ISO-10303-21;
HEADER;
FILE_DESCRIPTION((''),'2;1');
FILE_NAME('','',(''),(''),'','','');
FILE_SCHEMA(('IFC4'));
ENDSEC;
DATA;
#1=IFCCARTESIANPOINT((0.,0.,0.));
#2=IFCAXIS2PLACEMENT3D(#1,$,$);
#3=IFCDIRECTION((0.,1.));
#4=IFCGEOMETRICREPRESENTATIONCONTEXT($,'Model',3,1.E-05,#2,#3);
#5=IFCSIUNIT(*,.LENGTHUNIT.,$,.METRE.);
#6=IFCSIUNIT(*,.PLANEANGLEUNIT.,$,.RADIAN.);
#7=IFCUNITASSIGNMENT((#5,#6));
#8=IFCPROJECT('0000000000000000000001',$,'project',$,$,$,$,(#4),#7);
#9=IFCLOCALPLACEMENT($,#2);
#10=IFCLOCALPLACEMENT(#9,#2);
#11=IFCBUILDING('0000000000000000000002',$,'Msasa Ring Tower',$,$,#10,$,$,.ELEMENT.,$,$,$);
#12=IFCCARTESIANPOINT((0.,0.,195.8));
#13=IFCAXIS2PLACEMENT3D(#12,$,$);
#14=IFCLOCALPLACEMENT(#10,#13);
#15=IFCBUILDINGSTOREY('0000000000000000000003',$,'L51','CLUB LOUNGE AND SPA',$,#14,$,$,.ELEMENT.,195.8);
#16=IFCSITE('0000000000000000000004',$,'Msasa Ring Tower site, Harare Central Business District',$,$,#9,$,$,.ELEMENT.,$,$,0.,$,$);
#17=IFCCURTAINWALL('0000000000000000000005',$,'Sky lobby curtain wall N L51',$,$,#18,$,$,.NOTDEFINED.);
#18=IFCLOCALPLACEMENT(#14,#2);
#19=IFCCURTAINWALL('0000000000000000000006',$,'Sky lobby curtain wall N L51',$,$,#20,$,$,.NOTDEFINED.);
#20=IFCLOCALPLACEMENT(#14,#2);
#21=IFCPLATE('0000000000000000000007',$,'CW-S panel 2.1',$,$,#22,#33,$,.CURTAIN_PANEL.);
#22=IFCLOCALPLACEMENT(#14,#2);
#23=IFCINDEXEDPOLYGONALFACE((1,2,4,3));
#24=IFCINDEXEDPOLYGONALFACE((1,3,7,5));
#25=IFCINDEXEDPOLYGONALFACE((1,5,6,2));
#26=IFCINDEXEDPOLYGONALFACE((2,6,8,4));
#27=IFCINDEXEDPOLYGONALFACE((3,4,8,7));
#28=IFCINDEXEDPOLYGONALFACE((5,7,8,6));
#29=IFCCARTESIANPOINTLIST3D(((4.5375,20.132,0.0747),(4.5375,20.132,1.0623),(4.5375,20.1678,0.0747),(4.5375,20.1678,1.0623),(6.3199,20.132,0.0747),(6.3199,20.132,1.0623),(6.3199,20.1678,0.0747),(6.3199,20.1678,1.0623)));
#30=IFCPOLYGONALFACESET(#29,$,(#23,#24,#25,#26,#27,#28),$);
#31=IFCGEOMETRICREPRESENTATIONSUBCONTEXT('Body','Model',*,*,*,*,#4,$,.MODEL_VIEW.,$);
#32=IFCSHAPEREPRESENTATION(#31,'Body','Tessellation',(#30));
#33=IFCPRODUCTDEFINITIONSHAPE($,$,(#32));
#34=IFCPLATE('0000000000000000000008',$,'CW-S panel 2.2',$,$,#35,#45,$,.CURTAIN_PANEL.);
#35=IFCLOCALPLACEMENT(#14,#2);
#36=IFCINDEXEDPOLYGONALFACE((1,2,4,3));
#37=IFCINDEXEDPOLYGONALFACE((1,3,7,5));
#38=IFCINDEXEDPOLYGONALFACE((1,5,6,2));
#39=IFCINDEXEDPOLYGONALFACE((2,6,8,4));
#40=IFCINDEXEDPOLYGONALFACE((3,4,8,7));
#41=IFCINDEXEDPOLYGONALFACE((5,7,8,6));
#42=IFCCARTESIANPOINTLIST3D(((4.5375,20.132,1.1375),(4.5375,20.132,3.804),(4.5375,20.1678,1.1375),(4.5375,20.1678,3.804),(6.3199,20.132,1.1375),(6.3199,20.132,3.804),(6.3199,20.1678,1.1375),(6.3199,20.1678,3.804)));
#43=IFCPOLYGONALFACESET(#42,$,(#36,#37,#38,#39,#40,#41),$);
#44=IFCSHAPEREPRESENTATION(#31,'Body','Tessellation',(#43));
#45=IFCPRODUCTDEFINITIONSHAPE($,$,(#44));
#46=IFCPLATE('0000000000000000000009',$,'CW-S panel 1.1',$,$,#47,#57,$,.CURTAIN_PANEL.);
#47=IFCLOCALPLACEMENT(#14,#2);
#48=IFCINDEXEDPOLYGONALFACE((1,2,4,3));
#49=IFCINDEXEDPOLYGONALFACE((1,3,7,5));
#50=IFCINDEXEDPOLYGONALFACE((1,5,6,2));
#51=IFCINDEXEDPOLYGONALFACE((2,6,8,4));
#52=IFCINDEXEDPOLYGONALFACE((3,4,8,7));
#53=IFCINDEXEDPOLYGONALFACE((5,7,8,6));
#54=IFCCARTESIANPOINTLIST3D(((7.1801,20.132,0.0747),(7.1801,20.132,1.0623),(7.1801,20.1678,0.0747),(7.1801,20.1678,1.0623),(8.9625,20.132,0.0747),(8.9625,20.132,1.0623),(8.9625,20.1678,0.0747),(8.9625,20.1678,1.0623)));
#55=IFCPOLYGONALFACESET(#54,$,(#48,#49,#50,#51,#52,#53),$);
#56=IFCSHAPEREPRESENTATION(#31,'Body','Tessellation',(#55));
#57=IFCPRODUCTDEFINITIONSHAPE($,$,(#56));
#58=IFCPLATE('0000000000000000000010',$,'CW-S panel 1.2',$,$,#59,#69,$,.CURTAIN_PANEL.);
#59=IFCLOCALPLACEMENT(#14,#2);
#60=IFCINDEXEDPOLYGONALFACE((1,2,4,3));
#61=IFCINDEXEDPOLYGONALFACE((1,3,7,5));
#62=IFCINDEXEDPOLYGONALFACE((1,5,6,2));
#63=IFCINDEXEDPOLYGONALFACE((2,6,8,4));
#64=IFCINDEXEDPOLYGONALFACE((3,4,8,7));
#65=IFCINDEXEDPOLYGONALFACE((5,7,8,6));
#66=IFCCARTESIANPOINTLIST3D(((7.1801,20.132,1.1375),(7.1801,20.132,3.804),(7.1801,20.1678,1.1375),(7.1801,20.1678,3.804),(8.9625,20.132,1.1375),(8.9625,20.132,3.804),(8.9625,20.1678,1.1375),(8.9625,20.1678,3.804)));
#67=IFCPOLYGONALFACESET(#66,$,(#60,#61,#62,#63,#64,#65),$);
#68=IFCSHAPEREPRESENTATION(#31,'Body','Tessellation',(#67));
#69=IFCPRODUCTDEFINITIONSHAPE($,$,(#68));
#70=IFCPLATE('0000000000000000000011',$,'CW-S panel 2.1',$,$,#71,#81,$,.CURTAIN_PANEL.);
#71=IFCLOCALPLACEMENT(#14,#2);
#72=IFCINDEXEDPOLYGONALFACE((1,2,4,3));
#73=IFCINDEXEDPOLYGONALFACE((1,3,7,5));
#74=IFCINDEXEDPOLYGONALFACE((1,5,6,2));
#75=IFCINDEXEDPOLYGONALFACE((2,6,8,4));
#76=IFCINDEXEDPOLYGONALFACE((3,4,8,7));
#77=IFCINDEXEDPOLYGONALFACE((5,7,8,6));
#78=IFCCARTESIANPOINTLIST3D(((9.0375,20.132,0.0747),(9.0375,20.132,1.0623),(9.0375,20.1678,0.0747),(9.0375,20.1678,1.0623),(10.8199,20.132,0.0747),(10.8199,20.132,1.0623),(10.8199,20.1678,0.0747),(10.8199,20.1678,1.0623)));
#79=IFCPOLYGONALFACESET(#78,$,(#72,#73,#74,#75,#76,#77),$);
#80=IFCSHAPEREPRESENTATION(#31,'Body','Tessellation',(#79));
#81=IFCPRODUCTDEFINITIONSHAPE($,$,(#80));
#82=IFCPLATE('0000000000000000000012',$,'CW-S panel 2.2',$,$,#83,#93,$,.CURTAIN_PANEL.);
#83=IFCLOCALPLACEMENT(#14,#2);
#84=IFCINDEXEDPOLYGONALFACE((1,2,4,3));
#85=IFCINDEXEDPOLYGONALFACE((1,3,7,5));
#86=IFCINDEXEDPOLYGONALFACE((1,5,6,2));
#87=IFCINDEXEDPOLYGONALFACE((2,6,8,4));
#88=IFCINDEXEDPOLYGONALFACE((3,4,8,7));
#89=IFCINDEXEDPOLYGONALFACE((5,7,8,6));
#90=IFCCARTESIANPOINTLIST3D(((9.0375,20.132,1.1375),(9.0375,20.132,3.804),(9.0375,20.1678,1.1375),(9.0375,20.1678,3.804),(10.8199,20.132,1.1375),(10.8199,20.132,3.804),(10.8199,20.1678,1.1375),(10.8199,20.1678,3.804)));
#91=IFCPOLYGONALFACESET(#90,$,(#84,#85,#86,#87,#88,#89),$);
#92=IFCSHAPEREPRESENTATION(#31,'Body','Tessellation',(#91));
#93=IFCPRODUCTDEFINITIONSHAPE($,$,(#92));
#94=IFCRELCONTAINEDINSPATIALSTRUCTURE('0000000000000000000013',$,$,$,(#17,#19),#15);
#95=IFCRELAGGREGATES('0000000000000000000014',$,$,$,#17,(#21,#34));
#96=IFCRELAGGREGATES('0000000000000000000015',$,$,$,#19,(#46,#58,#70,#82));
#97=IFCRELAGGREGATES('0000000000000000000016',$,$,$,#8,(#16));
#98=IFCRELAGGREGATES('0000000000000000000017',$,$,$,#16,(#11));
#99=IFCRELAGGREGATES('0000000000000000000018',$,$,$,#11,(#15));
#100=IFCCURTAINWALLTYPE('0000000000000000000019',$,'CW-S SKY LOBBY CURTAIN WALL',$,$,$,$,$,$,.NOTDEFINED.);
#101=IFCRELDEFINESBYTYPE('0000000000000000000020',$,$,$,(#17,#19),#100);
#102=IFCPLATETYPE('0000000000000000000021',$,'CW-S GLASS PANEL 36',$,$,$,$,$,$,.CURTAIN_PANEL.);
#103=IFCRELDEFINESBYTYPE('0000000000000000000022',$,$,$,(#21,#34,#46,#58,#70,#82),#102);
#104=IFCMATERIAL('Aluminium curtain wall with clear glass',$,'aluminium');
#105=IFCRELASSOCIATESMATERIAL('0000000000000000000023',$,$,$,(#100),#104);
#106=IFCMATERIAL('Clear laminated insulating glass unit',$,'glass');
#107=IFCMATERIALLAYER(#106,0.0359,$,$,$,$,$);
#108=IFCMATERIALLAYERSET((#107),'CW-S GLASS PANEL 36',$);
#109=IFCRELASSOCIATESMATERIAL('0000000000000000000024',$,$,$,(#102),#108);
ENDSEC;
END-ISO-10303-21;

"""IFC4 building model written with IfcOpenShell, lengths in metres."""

from ifc_helpers import new_model, si_unit, direction, frame, origin, origin_2d, place, context, subcontext, project, spatial, rectangle, extrude, material, layer, layer_set, type_object, element, aggregate, save


model = new_model("IFC4")

# Units and contexts
model_context = context("Model", 3, precision=1e-05, world=origin(), true_north=direction((0.0, 1.0)))
body_context = subcontext(model_context, "Body", "Model", "MODEL_VIEW")
ifc_project = project(units=[si_unit("LENGTHUNIT", "METRE"), si_unit("PLANEANGLEUNIT", "RADIAN")], contexts=[model_context])

# Site, building, storey
site_placement = place(None, origin())
site = spatial("IfcSite", under=ifc_project, at=site_placement, Name="Msasa Ring Tower site, Harare Central Business District", CompositionType="ELEMENT", RefElevation=0.0)
building_placement = place(site_placement, origin())
building = spatial("IfcBuilding", under=site, at=building_placement, Name="Msasa Ring Tower", CompositionType="ELEMENT")
storey_placement = place(building_placement, frame((0.0, 0.0, 195.8)))
storey = spatial("IfcBuildingStorey", under=building, at=storey_placement, Name="L51", Description="CLUB LOUNGE AND SPA", CompositionType="ELEMENT", Elevation=195.8)

# Shared definitions
ifc_material_1 = material(Name="Aluminium curtain wall with clear glass", Category="aluminium")
curtain_wall_type = type_object("IfcCurtainWallType", Name="CW-S SKY LOBBY CURTAIN WALL", PredefinedType="NOTDEFINED", material=ifc_material_1)

# Curtain walls
curtain_wall_1_placement = place(storey_placement, origin())
curtain_wall_1 = element("IfcCurtainWall", 1, at=curtain_wall_1_placement, inside=storey, type_object=curtain_wall_type, Name="Sky lobby curtain wall N L51", PredefinedType="NOTDEFINED")
curtain_wall_2_placement = place(storey_placement, origin())
curtain_wall_2 = element("IfcCurtainWall", 2, at=curtain_wall_2_placement, inside=storey, type_object=curtain_wall_type, Name="Sky lobby curtain wall N L51", PredefinedType="NOTDEFINED")

# Plates
ifc_material_2 = material(Name="Clear laminated insulating glass unit", Category="glass")
ifc_layer = layer(ifc_material_2, 0.0359)
ifc_layer_set = layer_set([ifc_layer], Name="CW-S GLASS PANEL 36")
plate_type = type_object("IfcPlateType", Name="CW-S GLASS PANEL 36", PredefinedType="CURTAIN_PANEL", material=ifc_layer_set)
plate_1_placement = place(storey_placement, frame((5.4287, 20.1499, 0.0747), z_axis=(0.0, 0.0, 1.0), x_axis=(1.0, 0.0, 0.0)))
plate_1 = element("IfcPlate", 3, at=plate_1_placement, type_object=plate_type, Name="CW-S panel 2.1", PredefinedType="CURTAIN_PANEL", context=body_context, shape_type="SweptSolid", body=[
    extrude(rectangle(XDim=1.7825, YDim=0.0359, at=origin_2d()), origin(), (0.0, 0.0, 1.0), 0.9875),
])
plate_2_placement = place(storey_placement, frame((5.4287, 20.1499, 1.1375), z_axis=(0.0, 0.0, 1.0), x_axis=(1.0, 0.0, 0.0)))
plate_2 = element("IfcPlate", 4, at=plate_2_placement, type_object=plate_type, Name="CW-S panel 2.2", PredefinedType="CURTAIN_PANEL", context=body_context, shape_type="SweptSolid", body=[
    extrude(rectangle(XDim=1.7825, YDim=0.0359, at=origin_2d()), origin(), (0.0, 0.0, 1.0), 2.6665),
])
aggregate(curtain_wall_1, [plate_1, plate_2])
plate_3_placement = place(storey_placement, frame((8.0713, 20.1499, 0.0747), z_axis=(0.0, 0.0, 1.0), x_axis=(1.0, 0.0, 0.0)))
plate_3 = element("IfcPlate", 5, at=plate_3_placement, type_object=plate_type, Name="CW-S panel 1.1", PredefinedType="CURTAIN_PANEL", context=body_context, shape_type="SweptSolid", body=[
    extrude(rectangle(XDim=1.7825, YDim=0.0359, at=origin_2d()), origin(), (0.0, 0.0, 1.0), 0.9875),
])
plate_4_placement = place(storey_placement, frame((8.0713, 20.1499, 1.1375), z_axis=(0.0, 0.0, 1.0), x_axis=(1.0, 0.0, 0.0)))
plate_4 = element("IfcPlate", 6, at=plate_4_placement, type_object=plate_type, Name="CW-S panel 1.2", PredefinedType="CURTAIN_PANEL", context=body_context, shape_type="SweptSolid", body=[
    extrude(rectangle(XDim=1.7825, YDim=0.0359, at=origin_2d()), origin(), (0.0, 0.0, 1.0), 2.6665),
])
plate_5_placement = place(storey_placement, frame((9.9287, 20.1499, 0.0747), z_axis=(0.0, 0.0, 1.0), x_axis=(1.0, 0.0, 0.0)))
plate_5 = element("IfcPlate", 7, at=plate_5_placement, type_object=plate_type, Name="CW-S panel 2.1", PredefinedType="CURTAIN_PANEL", context=body_context, shape_type="SweptSolid", body=[
    extrude(rectangle(XDim=1.7825, YDim=0.0359, at=origin_2d()), origin(), (0.0, 0.0, 1.0), 0.9875),
])
plate_6_placement = place(storey_placement, frame((9.9287, 20.1499, 1.1375), z_axis=(0.0, 0.0, 1.0), x_axis=(1.0, 0.0, 0.0)))
plate_6 = element("IfcPlate", 8, at=plate_6_placement, type_object=plate_type, Name="CW-S panel 2.2", PredefinedType="CURTAIN_PANEL", context=body_context, shape_type="SweptSolid", body=[
    extrude(rectangle(XDim=1.7825, YDim=0.0359, at=origin_2d()), origin(), (0.0, 0.0, 1.0), 2.6665),
])
aggregate(curtain_wall_2, [plate_3, plate_4, plate_5, plate_6])

save(model, "model.ifc")
